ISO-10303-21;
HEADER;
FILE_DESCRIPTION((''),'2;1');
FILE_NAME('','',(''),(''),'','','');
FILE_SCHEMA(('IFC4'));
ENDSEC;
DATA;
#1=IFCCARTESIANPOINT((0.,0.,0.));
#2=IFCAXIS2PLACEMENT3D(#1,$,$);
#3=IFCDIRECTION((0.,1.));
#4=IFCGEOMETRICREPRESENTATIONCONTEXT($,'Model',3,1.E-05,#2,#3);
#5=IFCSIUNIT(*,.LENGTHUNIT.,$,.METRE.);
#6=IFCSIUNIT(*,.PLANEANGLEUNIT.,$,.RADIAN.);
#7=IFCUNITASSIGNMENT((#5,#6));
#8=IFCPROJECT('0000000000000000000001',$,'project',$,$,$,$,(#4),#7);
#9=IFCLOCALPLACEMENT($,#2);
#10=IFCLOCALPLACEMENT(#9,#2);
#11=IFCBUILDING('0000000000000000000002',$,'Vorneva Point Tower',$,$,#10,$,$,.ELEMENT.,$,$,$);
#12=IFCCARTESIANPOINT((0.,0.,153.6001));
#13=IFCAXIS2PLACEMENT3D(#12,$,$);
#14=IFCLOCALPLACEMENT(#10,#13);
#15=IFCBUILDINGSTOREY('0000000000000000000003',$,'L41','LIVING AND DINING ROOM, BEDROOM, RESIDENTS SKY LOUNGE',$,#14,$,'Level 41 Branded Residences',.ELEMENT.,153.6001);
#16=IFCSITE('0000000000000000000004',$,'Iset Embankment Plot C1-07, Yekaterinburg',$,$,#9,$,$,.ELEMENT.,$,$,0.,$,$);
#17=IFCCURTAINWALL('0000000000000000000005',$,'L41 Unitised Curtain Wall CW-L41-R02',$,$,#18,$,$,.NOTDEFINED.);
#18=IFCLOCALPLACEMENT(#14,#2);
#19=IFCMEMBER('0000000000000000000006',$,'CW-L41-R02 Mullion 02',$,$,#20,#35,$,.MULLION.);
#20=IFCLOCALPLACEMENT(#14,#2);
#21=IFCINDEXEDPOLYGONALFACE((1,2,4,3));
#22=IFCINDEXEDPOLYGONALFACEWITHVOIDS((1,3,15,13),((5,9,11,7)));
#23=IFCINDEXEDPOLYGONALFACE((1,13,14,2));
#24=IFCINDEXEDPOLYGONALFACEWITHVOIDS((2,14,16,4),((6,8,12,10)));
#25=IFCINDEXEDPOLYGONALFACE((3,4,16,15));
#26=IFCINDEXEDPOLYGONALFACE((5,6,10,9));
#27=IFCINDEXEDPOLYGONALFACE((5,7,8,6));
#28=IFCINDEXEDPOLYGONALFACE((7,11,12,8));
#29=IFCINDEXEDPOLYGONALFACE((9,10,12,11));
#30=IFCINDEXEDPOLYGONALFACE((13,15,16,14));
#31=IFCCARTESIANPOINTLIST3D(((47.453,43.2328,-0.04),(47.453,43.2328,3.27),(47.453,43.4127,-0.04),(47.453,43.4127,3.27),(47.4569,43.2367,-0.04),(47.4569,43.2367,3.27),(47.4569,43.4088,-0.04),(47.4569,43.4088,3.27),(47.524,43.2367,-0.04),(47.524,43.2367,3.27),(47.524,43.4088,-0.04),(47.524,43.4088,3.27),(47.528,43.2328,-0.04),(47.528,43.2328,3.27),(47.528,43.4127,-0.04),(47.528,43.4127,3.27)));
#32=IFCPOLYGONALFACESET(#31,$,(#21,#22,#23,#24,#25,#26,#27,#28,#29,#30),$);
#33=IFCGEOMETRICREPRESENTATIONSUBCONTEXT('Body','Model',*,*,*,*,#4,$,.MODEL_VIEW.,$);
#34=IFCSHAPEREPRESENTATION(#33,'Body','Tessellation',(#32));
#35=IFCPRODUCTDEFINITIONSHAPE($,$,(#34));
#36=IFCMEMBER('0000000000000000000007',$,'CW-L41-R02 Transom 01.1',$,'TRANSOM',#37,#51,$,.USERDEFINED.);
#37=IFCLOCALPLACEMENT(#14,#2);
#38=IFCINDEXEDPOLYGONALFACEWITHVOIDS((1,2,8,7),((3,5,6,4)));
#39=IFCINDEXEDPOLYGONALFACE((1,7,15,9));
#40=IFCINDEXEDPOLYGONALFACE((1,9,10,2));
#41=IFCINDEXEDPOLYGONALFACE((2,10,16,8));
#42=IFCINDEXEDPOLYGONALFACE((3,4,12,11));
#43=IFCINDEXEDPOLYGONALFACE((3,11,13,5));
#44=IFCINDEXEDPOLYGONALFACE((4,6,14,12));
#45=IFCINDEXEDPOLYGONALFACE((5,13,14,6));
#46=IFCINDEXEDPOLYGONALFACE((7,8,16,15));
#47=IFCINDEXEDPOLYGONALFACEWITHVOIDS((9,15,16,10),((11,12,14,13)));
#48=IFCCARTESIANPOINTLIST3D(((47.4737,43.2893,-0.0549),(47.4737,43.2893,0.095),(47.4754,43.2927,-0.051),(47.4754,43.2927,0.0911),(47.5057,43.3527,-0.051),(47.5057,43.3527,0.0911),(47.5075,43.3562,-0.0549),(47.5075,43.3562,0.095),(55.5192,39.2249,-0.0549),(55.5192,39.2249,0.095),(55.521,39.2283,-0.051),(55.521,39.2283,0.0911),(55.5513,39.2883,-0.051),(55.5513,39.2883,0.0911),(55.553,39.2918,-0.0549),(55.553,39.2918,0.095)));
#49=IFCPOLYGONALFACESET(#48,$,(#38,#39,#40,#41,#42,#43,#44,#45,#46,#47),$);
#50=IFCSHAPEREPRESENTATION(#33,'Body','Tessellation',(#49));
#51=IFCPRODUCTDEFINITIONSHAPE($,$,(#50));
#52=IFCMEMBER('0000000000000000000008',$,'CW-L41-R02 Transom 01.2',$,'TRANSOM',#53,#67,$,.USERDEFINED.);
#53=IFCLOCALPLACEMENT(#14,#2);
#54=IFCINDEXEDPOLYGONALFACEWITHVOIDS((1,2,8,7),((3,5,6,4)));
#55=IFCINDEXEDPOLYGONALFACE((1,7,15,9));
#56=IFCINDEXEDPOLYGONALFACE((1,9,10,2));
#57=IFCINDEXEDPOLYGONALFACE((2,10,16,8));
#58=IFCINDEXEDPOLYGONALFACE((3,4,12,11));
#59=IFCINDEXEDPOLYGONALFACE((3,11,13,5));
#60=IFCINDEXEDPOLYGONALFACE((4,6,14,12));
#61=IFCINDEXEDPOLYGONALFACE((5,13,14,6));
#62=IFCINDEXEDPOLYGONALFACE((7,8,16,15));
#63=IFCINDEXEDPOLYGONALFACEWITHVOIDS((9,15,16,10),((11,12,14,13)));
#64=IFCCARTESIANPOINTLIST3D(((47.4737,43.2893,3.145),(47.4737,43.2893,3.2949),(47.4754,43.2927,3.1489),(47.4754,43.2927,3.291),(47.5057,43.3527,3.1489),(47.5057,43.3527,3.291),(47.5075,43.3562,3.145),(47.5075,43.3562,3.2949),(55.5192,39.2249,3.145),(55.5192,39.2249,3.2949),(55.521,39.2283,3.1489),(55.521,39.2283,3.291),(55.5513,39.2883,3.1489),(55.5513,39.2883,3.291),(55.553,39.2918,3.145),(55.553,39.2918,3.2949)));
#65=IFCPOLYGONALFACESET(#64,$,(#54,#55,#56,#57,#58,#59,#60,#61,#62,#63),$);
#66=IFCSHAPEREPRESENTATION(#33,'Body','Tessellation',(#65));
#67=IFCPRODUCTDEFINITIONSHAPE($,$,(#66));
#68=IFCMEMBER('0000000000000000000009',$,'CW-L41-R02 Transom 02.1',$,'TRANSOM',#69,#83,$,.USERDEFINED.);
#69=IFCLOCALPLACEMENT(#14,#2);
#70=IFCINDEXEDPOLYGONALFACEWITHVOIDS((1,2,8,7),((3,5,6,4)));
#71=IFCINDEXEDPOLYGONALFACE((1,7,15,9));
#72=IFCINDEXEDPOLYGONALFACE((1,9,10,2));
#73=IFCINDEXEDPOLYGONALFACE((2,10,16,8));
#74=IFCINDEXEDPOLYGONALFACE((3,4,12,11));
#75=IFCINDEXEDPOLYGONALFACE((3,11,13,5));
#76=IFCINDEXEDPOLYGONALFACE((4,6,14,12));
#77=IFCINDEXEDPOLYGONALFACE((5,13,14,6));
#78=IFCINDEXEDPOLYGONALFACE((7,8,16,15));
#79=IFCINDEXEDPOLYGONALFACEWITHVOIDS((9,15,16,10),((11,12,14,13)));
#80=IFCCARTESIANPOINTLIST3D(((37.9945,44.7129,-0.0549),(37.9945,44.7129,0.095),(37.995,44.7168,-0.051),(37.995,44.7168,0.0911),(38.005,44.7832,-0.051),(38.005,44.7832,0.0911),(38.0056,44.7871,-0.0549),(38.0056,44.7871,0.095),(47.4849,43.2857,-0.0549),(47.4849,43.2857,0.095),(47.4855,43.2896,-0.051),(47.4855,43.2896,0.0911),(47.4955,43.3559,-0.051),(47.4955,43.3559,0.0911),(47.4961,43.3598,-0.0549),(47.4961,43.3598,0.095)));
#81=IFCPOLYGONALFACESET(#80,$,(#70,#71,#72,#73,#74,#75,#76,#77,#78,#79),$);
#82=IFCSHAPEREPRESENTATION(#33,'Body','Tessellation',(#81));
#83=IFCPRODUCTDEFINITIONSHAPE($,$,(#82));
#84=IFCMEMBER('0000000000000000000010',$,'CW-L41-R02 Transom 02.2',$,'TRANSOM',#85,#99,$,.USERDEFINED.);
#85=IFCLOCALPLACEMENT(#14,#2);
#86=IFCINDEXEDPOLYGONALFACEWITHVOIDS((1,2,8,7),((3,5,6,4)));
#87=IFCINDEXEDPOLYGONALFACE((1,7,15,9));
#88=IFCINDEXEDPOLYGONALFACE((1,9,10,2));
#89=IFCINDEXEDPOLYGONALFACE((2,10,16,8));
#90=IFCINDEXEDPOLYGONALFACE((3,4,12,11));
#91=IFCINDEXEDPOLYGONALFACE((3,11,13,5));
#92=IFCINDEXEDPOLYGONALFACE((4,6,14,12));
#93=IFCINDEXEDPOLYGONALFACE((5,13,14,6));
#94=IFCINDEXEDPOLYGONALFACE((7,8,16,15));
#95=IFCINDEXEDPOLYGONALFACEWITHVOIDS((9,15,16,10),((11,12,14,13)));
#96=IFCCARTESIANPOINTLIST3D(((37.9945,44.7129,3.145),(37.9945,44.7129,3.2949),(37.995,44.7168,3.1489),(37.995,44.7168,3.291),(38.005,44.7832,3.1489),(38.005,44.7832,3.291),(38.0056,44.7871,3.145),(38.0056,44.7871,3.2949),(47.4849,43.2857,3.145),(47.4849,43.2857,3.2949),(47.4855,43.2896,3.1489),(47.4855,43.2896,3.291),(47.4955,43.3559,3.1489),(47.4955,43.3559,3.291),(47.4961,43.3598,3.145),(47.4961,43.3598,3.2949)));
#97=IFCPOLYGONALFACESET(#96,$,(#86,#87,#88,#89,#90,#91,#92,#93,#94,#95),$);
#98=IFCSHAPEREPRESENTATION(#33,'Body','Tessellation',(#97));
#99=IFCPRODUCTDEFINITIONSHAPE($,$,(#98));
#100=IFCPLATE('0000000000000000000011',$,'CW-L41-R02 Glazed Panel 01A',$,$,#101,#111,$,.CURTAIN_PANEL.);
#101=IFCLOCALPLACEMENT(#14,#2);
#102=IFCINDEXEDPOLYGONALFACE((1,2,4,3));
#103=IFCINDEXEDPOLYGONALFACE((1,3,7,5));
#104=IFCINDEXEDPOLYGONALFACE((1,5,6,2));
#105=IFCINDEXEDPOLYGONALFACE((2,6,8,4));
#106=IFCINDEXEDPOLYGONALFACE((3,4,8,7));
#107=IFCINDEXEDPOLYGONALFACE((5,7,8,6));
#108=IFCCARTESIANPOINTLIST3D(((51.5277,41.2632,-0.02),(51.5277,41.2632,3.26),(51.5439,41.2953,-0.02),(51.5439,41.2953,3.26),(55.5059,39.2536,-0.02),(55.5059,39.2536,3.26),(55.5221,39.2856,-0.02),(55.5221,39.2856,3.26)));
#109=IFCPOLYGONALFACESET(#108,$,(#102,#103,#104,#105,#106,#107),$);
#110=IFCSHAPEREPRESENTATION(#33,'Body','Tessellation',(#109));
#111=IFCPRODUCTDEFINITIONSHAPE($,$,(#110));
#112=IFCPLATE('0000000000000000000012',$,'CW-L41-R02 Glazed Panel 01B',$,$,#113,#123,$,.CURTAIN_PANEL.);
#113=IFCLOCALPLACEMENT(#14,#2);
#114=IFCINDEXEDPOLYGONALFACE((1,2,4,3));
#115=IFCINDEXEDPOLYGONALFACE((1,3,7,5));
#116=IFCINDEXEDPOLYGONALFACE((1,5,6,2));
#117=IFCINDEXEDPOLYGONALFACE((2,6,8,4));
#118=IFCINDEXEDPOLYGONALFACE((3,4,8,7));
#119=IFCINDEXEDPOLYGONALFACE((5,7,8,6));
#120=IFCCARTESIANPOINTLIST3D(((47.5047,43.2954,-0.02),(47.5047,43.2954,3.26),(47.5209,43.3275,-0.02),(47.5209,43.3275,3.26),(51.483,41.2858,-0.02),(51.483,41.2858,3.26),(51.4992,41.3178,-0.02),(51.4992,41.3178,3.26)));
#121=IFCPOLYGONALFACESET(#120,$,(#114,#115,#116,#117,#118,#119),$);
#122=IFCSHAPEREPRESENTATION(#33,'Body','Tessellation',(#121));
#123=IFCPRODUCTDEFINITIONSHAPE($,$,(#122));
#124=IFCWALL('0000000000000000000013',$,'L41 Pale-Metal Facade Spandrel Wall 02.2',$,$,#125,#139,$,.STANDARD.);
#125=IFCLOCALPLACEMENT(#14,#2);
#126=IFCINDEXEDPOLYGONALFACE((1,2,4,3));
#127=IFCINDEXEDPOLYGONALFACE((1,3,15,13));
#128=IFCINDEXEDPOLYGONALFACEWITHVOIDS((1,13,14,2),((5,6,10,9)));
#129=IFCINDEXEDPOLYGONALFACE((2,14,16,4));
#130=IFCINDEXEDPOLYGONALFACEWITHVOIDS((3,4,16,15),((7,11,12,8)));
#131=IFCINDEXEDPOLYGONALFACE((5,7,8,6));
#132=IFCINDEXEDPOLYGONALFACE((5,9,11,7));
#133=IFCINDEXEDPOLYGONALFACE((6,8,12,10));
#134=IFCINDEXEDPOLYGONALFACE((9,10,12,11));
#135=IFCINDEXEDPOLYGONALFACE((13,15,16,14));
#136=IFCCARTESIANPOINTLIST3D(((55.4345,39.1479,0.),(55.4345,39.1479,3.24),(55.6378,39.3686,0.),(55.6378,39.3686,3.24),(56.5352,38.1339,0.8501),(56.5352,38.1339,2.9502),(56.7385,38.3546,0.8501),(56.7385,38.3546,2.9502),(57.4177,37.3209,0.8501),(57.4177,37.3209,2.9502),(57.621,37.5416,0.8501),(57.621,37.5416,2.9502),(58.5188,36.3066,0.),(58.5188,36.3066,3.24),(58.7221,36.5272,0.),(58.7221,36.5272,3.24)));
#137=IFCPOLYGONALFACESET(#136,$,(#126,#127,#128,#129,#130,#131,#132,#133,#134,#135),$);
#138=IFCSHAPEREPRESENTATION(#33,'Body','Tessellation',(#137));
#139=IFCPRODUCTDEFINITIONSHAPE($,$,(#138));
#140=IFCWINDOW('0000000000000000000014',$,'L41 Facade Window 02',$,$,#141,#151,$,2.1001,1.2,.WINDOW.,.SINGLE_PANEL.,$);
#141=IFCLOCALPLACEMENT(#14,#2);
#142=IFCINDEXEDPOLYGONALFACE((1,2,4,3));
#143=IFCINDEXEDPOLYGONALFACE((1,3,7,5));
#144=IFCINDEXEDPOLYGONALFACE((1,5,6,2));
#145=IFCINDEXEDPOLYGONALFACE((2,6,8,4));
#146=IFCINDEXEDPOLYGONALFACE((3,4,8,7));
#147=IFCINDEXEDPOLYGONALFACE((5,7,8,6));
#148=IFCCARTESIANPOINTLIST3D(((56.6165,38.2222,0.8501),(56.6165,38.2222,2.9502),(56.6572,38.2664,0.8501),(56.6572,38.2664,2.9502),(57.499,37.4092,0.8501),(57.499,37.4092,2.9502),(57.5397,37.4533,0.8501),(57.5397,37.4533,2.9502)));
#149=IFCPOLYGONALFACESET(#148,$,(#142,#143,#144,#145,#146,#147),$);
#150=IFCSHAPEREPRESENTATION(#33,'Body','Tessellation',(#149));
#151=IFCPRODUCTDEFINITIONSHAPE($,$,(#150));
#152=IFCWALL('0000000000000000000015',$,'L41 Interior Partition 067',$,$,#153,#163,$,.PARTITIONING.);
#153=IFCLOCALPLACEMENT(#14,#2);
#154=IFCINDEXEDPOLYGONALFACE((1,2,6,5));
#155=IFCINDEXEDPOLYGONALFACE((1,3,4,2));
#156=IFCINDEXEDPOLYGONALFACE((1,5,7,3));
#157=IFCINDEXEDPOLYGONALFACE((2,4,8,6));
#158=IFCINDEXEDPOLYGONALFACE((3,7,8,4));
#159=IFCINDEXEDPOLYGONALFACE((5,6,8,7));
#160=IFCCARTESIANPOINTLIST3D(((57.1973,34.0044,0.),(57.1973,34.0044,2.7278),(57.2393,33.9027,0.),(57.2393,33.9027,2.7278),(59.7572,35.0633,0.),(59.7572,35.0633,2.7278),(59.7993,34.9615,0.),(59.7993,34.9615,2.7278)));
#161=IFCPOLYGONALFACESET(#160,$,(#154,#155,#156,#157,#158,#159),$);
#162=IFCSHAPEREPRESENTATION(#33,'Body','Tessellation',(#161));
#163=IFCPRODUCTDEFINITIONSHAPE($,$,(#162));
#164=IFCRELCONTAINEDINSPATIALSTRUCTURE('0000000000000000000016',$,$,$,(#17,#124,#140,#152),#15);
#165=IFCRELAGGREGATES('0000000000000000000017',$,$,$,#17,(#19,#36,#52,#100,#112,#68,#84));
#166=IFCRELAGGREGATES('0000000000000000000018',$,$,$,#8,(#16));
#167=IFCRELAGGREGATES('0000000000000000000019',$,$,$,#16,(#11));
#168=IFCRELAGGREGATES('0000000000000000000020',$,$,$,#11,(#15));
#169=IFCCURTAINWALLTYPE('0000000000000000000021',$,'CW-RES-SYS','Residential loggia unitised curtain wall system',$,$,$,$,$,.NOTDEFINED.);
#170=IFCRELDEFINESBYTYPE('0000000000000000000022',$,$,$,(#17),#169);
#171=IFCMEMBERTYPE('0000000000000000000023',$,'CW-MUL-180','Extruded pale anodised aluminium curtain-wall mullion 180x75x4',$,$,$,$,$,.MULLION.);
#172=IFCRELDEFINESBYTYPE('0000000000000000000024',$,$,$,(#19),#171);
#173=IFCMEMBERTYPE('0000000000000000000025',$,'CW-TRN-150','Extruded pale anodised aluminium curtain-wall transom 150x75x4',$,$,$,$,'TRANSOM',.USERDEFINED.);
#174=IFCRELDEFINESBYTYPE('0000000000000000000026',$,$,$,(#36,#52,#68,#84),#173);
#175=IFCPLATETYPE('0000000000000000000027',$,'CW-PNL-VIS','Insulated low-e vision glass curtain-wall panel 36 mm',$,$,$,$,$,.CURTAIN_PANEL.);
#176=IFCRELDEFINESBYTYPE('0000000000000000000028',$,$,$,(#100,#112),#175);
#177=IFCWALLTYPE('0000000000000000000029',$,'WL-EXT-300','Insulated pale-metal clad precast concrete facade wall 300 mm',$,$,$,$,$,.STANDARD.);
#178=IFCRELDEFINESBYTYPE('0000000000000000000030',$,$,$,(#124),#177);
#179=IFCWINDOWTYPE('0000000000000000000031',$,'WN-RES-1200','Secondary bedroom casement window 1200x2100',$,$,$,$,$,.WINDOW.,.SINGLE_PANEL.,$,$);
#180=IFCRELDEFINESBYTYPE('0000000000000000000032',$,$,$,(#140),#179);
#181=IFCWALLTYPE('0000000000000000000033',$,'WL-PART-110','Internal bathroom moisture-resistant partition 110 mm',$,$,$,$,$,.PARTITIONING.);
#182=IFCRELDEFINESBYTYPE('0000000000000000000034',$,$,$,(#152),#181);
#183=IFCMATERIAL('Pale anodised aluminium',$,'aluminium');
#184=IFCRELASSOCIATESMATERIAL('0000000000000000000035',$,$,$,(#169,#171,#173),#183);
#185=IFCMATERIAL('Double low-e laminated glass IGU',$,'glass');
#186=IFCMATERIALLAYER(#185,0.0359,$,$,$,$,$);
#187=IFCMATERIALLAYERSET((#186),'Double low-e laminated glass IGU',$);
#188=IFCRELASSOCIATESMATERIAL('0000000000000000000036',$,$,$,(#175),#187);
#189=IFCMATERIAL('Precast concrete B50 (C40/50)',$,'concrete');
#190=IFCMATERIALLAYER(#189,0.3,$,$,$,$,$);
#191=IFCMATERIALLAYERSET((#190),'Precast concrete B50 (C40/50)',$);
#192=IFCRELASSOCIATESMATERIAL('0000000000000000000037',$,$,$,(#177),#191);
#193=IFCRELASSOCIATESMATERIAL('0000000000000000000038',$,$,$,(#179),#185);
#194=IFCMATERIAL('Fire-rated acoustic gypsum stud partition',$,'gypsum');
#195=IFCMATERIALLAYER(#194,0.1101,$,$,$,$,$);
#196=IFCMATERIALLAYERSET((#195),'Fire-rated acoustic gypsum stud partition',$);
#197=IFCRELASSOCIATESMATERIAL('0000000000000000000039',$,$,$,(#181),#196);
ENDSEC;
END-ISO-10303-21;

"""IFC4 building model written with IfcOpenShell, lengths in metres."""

from ifc_helpers import new_model, si_unit, direction, frame, frame_2d, origin, origin_2d, place, context, subcontext, project, spatial, rectangle, hollow_rectangle, extrude, material, layer, layer_set, material_profile, profile_set, type_object, element, fill, aggregate, save


model = new_model("IFC4")

# Units and contexts
model_context = context("Model", 3, precision=1e-05, world=origin(), true_north=direction((0.0, 1.0)))
body_context = subcontext(model_context, "Body", "Model", "MODEL_VIEW")
ifc_project = project(units=[si_unit("LENGTHUNIT", "METRE"), si_unit("PLANEANGLEUNIT", "RADIAN")], contexts=[model_context])

# Site, building, storey
site_placement = place(None, origin())
site = spatial("IfcSite", under=ifc_project, at=site_placement, Name="Iset Embankment Plot C1-07, Yekaterinburg", CompositionType="ELEMENT", RefElevation=0.0)
building_placement = place(site_placement, origin())
building = spatial("IfcBuilding", under=site, at=building_placement, Name="Vorneva Point Tower", CompositionType="ELEMENT")
storey_placement = place(building_placement, frame((0.0, 0.0, 153.6001)))
storey = spatial("IfcBuildingStorey", under=building, at=storey_placement, Name="L41", Description="LIVING AND DINING ROOM, BEDROOM, RESIDENTS SKY LOUNGE", LongName="Level 41 Branded Residences", CompositionType="ELEMENT", Elevation=153.6001)

# Curtain wall, members, plates
ifc_material_1 = material(Name="Pale anodised aluminium", Category="aluminium")
curtain_wall_type = type_object("IfcCurtainWallType", Name="CW-RES-SYS", Description="Residential loggia unitised curtain wall system", PredefinedType="NOTDEFINED", material=ifc_material_1)
curtain_wall_placement = place(storey_placement, origin())
curtain_wall = element("IfcCurtainWall", 1, at=curtain_wall_placement, inside=storey, type_object=curtain_wall_type, Name="L41 Unitised Curtain Wall CW-L41-R02", PredefinedType="NOTDEFINED")
ifc_material_profile_1 = material_profile(ifc_material_1, hollow_rectangle(XDim=0.075, YDim=0.1799, WallThickness=0.0039, at=origin_2d()), Name="AL-MUL 180x75x4")
ifc_profile_set_1 = profile_set([ifc_material_profile_1], Name="Pale anodised aluminium")
member_type_1 = type_object("IfcMemberType", Name="CW-MUL-180", Description="Extruded pale anodised aluminium curtain-wall mullion 180x75x4", PredefinedType="MULLION", material=ifc_profile_set_1)
member_1_placement = place(storey_placement, frame((47.4905, 43.3228, -0.04), z_axis=(0.0, 0.0, 1.0), x_axis=(1.0, 0.0, 0.0)))
member_1 = element("IfcMember", 2, at=member_1_placement, type_object=member_type_1, Name="CW-L41-R02 Mullion 02", PredefinedType="MULLION", context=body_context, shape_type="SweptSolid", body=[
    extrude(hollow_rectangle(XDim=0.075, YDim=0.1799, WallThickness=0.0039, at=origin_2d()), origin(), (0.0, 0.0, 1.0), 3.3101),
])
ifc_material_profile_2 = material_profile(ifc_material_1, hollow_rectangle(XDim=0.075, YDim=0.1499, WallThickness=0.0039, at=origin_2d()), Name="AL-TRN 150x75x4")
ifc_profile_set_2 = profile_set([ifc_material_profile_2], Name="Pale anodised aluminium")
member_type_2 = type_object("IfcMemberType", Name="CW-TRN-150", Description="Extruded pale anodised aluminium curtain-wall transom 150x75x4", ElementType="TRANSOM", PredefinedType="USERDEFINED", material=ifc_profile_set_2)
member_2_placement = place(storey_placement, frame((55.5361, 39.2583, 0.02), z_axis=(-0.892572, 0.450904, 0.0), x_axis=(-0.450904, -0.892572, 0.0)))
member_2 = element("IfcMember", 3, at=member_2_placement, type_object=member_type_2, Name="CW-L41-R02 Transom 01.1", ObjectType="TRANSOM", PredefinedType="USERDEFINED", context=body_context, shape_type="SweptSolid", body=[
    extrude(hollow_rectangle(XDim=0.075, YDim=0.1499, WallThickness=0.0039, at=origin_2d()), origin(), (0.0, 0.0, 1.0), 9.0139),
])
member_3_placement = place(storey_placement, frame((55.5361, 39.2583, 3.22), z_axis=(-0.892572, 0.450904, 0.0), x_axis=(-0.450904, -0.892572, 0.0)))
member_3 = element("IfcMember", 4, at=member_3_placement, type_object=member_type_2, Name="CW-L41-R02 Transom 01.2", ObjectType="TRANSOM", PredefinedType="USERDEFINED", context=body_context, shape_type="SweptSolid", body=[
    extrude(hollow_rectangle(XDim=0.075, YDim=0.1499, WallThickness=0.0039, at=origin_2d()), origin(), (0.0, 0.0, 1.0), 9.0139),
])
member_4_placement = place(storey_placement, frame((47.4905, 43.3228, 0.02), z_axis=(-0.98888, 0.148715, 0.0), x_axis=(-0.148715, -0.98888, 0.0)))
member_4 = element("IfcMember", 5, at=member_4_placement, type_object=member_type_2, Name="CW-L41-R02 Transom 02.1", ObjectType="TRANSOM", PredefinedType="USERDEFINED", context=body_context, shape_type="SweptSolid", body=[
    extrude(hollow_rectangle(XDim=0.075, YDim=0.1499, WallThickness=0.0039, at=origin_2d()), origin(), (0.0, 0.0, 1.0), 9.5972),
])
member_5_placement = place(storey_placement, frame((47.4905, 43.3228, 3.22), z_axis=(-0.98888, 0.148715, 0.0), x_axis=(-0.148715, -0.98888, 0.0)))
member_5 = element("IfcMember", 6, at=member_5_placement, type_object=member_type_2, Name="CW-L41-R02 Transom 02.2", ObjectType="TRANSOM", PredefinedType="USERDEFINED", context=body_context, shape_type="SweptSolid", body=[
    extrude(hollow_rectangle(XDim=0.075, YDim=0.1499, WallThickness=0.0039, at=origin_2d()), origin(), (0.0, 0.0, 1.0), 9.5972),
])
ifc_material_2 = material(Name="Double low-e laminated glass IGU", Category="glass")
ifc_layer_1 = layer(ifc_material_2, 0.0359)
ifc_layer_set_1 = layer_set([ifc_layer_1], Name="Double low-e laminated glass IGU")
plate_type = type_object("IfcPlateType", Name="CW-PNL-VIS", Description="Insulated low-e vision glass curtain-wall panel 36 mm", PredefinedType="CURTAIN_PANEL", material=ifc_layer_set_1)
plate_1_placement = place(storey_placement, frame((53.5249, 40.2744, -0.02), z_axis=(0.0, 0.0, 1.0), x_axis=(-0.892578, 0.450893, 0.0)))
plate_1 = element("IfcPlate", 7, at=plate_1_placement, type_object=plate_type, Name="CW-L41-R02 Glazed Panel 01A", PredefinedType="CURTAIN_PANEL", context=body_context, shape_type="SweptSolid", body=[
    extrude(rectangle(XDim=4.457, YDim=0.0359, at=origin_2d()), origin(), (0.0, 0.0, 1.0), 3.28),
])
plate_2_placement = place(storey_placement, frame((49.502, 42.3066, -0.02), z_axis=(0.0, 0.0, 1.0), x_axis=(-0.892578, 0.450893, 0.0)))
plate_2 = element("IfcPlate", 8, at=plate_2_placement, type_object=plate_type, Name="CW-L41-R02 Glazed Panel 01B", PredefinedType="CURTAIN_PANEL", context=body_context, shape_type="SweptSolid", body=[
    extrude(rectangle(XDim=4.457, YDim=0.0359, at=origin_2d()), origin(), (0.0, 0.0, 1.0), 3.28),
])
aggregate(curtain_wall, [member_1, member_2, member_3, plate_1, plate_2, member_4, member_5])

# Wall, opening, window
ifc_material_3 = material(Name="Precast concrete B50 (C40/50)", Category="concrete")
ifc_layer_2 = layer(ifc_material_3, 0.3)
ifc_layer_set_2 = layer_set([ifc_layer_2], Name="Precast concrete B50 (C40/50)")
wall_type_1 = type_object("IfcWallType", Name="WL-EXT-300", Description="Insulated pale-metal clad precast concrete facade wall 300 mm", PredefinedType="STANDARD", material=ifc_layer_set_2)
wall_1_placement = place(storey_placement, frame((58.6204, 36.417, 0.0), z_axis=(0.0, 0.0, 1.0), x_axis=(-0.735477, 0.67755, 0.0)))
wall_1 = element("IfcWall", 9, at=wall_1_placement, inside=storey, type_object=wall_type_1, Name="L41 Pale-Metal Facade Spandrel Wall 02.2", PredefinedType="STANDARD", context=body_context, shape_type="SweptSolid", body=[
    extrude(rectangle(XDim=4.1936, YDim=0.3, at=frame_2d((2.0967, 0.0))), origin(), (0.0, 0.0, 1.0), 3.24),
])
opening_1_placement = place(wall_1_placement, frame((1.4968, 0.0, 0.8501)))
opening_1 = element("IfcOpeningElement", 10, at=opening_1_placement, cuts=wall_1, PredefinedType="OPENING", context=body_context, shape_type="SweptSolid", body=[
    extrude(rectangle(XDim=1.2, YDim=2.1001, at=frame_2d((0.6001, 1.05))), frame((0.0, 0.165, 0.0), z_axis=(0.0, -1.0, 0.0), x_axis=(1.0, 0.0, 0.0)), (0.0, 0.0, 1.0), 0.3298),
])
window_type = type_object("IfcWindowType", Name="WN-RES-1200", Description="Secondary bedroom casement window 1200x2100", PartitioningType="SINGLE_PANEL", PredefinedType="WINDOW", material=ifc_material_2)
window_placement = place(opening_1_placement, origin())
window = element("IfcWindow", 11, at=window_placement, inside=storey, type_object=window_type, Name="L41 Facade Window 02", OverallHeight=2.1001, OverallWidth=1.2, PartitioningType="SINGLE_PANEL", PredefinedType="WINDOW", context=body_context, shape_type="SweptSolid", body=[
    extrude(rectangle(XDim=1.2, YDim=2.1001, at=frame_2d((0.6001, 1.05))), frame((0.0, 0.03, 0.0), z_axis=(0.0, -1.0, 0.0), x_axis=(1.0, 0.0, 0.0)), (0.0, 0.0, 1.0), 0.0601),
])
fill(opening_1, window)

# Wall
ifc_material_4 = material(Name="Fire-rated acoustic gypsum stud partition", Category="gypsum")
ifc_layer_3 = layer(ifc_material_4, 0.1101)
ifc_layer_set_3 = layer_set([ifc_layer_3], Name="Fire-rated acoustic gypsum stud partition")
wall_type_2 = type_object("IfcWallType", Name="WL-PART-110", Description="Internal bathroom moisture-resistant partition 110 mm", PredefinedType="PARTITIONING", material=ifc_layer_set_3)
wall_2_placement = place(storey_placement, frame((59.7783, 35.0125, 0.0), z_axis=(0.0, 0.0, 1.0), x_axis=(-0.924067, -0.38223, 0.0)))
element("IfcWall", 12, at=wall_2_placement, inside=storey, type_object=wall_type_2, Name="L41 Interior Partition 067", PredefinedType="PARTITIONING", context=body_context, shape_type="SweptSolid", body=[
    extrude(rectangle(XDim=2.7703, YDim=0.1101, at=frame_2d((1.3853, 0.0))), origin(), (0.0, 0.0, 1.0), 2.7278),
])

save(model, "model.ifc")
